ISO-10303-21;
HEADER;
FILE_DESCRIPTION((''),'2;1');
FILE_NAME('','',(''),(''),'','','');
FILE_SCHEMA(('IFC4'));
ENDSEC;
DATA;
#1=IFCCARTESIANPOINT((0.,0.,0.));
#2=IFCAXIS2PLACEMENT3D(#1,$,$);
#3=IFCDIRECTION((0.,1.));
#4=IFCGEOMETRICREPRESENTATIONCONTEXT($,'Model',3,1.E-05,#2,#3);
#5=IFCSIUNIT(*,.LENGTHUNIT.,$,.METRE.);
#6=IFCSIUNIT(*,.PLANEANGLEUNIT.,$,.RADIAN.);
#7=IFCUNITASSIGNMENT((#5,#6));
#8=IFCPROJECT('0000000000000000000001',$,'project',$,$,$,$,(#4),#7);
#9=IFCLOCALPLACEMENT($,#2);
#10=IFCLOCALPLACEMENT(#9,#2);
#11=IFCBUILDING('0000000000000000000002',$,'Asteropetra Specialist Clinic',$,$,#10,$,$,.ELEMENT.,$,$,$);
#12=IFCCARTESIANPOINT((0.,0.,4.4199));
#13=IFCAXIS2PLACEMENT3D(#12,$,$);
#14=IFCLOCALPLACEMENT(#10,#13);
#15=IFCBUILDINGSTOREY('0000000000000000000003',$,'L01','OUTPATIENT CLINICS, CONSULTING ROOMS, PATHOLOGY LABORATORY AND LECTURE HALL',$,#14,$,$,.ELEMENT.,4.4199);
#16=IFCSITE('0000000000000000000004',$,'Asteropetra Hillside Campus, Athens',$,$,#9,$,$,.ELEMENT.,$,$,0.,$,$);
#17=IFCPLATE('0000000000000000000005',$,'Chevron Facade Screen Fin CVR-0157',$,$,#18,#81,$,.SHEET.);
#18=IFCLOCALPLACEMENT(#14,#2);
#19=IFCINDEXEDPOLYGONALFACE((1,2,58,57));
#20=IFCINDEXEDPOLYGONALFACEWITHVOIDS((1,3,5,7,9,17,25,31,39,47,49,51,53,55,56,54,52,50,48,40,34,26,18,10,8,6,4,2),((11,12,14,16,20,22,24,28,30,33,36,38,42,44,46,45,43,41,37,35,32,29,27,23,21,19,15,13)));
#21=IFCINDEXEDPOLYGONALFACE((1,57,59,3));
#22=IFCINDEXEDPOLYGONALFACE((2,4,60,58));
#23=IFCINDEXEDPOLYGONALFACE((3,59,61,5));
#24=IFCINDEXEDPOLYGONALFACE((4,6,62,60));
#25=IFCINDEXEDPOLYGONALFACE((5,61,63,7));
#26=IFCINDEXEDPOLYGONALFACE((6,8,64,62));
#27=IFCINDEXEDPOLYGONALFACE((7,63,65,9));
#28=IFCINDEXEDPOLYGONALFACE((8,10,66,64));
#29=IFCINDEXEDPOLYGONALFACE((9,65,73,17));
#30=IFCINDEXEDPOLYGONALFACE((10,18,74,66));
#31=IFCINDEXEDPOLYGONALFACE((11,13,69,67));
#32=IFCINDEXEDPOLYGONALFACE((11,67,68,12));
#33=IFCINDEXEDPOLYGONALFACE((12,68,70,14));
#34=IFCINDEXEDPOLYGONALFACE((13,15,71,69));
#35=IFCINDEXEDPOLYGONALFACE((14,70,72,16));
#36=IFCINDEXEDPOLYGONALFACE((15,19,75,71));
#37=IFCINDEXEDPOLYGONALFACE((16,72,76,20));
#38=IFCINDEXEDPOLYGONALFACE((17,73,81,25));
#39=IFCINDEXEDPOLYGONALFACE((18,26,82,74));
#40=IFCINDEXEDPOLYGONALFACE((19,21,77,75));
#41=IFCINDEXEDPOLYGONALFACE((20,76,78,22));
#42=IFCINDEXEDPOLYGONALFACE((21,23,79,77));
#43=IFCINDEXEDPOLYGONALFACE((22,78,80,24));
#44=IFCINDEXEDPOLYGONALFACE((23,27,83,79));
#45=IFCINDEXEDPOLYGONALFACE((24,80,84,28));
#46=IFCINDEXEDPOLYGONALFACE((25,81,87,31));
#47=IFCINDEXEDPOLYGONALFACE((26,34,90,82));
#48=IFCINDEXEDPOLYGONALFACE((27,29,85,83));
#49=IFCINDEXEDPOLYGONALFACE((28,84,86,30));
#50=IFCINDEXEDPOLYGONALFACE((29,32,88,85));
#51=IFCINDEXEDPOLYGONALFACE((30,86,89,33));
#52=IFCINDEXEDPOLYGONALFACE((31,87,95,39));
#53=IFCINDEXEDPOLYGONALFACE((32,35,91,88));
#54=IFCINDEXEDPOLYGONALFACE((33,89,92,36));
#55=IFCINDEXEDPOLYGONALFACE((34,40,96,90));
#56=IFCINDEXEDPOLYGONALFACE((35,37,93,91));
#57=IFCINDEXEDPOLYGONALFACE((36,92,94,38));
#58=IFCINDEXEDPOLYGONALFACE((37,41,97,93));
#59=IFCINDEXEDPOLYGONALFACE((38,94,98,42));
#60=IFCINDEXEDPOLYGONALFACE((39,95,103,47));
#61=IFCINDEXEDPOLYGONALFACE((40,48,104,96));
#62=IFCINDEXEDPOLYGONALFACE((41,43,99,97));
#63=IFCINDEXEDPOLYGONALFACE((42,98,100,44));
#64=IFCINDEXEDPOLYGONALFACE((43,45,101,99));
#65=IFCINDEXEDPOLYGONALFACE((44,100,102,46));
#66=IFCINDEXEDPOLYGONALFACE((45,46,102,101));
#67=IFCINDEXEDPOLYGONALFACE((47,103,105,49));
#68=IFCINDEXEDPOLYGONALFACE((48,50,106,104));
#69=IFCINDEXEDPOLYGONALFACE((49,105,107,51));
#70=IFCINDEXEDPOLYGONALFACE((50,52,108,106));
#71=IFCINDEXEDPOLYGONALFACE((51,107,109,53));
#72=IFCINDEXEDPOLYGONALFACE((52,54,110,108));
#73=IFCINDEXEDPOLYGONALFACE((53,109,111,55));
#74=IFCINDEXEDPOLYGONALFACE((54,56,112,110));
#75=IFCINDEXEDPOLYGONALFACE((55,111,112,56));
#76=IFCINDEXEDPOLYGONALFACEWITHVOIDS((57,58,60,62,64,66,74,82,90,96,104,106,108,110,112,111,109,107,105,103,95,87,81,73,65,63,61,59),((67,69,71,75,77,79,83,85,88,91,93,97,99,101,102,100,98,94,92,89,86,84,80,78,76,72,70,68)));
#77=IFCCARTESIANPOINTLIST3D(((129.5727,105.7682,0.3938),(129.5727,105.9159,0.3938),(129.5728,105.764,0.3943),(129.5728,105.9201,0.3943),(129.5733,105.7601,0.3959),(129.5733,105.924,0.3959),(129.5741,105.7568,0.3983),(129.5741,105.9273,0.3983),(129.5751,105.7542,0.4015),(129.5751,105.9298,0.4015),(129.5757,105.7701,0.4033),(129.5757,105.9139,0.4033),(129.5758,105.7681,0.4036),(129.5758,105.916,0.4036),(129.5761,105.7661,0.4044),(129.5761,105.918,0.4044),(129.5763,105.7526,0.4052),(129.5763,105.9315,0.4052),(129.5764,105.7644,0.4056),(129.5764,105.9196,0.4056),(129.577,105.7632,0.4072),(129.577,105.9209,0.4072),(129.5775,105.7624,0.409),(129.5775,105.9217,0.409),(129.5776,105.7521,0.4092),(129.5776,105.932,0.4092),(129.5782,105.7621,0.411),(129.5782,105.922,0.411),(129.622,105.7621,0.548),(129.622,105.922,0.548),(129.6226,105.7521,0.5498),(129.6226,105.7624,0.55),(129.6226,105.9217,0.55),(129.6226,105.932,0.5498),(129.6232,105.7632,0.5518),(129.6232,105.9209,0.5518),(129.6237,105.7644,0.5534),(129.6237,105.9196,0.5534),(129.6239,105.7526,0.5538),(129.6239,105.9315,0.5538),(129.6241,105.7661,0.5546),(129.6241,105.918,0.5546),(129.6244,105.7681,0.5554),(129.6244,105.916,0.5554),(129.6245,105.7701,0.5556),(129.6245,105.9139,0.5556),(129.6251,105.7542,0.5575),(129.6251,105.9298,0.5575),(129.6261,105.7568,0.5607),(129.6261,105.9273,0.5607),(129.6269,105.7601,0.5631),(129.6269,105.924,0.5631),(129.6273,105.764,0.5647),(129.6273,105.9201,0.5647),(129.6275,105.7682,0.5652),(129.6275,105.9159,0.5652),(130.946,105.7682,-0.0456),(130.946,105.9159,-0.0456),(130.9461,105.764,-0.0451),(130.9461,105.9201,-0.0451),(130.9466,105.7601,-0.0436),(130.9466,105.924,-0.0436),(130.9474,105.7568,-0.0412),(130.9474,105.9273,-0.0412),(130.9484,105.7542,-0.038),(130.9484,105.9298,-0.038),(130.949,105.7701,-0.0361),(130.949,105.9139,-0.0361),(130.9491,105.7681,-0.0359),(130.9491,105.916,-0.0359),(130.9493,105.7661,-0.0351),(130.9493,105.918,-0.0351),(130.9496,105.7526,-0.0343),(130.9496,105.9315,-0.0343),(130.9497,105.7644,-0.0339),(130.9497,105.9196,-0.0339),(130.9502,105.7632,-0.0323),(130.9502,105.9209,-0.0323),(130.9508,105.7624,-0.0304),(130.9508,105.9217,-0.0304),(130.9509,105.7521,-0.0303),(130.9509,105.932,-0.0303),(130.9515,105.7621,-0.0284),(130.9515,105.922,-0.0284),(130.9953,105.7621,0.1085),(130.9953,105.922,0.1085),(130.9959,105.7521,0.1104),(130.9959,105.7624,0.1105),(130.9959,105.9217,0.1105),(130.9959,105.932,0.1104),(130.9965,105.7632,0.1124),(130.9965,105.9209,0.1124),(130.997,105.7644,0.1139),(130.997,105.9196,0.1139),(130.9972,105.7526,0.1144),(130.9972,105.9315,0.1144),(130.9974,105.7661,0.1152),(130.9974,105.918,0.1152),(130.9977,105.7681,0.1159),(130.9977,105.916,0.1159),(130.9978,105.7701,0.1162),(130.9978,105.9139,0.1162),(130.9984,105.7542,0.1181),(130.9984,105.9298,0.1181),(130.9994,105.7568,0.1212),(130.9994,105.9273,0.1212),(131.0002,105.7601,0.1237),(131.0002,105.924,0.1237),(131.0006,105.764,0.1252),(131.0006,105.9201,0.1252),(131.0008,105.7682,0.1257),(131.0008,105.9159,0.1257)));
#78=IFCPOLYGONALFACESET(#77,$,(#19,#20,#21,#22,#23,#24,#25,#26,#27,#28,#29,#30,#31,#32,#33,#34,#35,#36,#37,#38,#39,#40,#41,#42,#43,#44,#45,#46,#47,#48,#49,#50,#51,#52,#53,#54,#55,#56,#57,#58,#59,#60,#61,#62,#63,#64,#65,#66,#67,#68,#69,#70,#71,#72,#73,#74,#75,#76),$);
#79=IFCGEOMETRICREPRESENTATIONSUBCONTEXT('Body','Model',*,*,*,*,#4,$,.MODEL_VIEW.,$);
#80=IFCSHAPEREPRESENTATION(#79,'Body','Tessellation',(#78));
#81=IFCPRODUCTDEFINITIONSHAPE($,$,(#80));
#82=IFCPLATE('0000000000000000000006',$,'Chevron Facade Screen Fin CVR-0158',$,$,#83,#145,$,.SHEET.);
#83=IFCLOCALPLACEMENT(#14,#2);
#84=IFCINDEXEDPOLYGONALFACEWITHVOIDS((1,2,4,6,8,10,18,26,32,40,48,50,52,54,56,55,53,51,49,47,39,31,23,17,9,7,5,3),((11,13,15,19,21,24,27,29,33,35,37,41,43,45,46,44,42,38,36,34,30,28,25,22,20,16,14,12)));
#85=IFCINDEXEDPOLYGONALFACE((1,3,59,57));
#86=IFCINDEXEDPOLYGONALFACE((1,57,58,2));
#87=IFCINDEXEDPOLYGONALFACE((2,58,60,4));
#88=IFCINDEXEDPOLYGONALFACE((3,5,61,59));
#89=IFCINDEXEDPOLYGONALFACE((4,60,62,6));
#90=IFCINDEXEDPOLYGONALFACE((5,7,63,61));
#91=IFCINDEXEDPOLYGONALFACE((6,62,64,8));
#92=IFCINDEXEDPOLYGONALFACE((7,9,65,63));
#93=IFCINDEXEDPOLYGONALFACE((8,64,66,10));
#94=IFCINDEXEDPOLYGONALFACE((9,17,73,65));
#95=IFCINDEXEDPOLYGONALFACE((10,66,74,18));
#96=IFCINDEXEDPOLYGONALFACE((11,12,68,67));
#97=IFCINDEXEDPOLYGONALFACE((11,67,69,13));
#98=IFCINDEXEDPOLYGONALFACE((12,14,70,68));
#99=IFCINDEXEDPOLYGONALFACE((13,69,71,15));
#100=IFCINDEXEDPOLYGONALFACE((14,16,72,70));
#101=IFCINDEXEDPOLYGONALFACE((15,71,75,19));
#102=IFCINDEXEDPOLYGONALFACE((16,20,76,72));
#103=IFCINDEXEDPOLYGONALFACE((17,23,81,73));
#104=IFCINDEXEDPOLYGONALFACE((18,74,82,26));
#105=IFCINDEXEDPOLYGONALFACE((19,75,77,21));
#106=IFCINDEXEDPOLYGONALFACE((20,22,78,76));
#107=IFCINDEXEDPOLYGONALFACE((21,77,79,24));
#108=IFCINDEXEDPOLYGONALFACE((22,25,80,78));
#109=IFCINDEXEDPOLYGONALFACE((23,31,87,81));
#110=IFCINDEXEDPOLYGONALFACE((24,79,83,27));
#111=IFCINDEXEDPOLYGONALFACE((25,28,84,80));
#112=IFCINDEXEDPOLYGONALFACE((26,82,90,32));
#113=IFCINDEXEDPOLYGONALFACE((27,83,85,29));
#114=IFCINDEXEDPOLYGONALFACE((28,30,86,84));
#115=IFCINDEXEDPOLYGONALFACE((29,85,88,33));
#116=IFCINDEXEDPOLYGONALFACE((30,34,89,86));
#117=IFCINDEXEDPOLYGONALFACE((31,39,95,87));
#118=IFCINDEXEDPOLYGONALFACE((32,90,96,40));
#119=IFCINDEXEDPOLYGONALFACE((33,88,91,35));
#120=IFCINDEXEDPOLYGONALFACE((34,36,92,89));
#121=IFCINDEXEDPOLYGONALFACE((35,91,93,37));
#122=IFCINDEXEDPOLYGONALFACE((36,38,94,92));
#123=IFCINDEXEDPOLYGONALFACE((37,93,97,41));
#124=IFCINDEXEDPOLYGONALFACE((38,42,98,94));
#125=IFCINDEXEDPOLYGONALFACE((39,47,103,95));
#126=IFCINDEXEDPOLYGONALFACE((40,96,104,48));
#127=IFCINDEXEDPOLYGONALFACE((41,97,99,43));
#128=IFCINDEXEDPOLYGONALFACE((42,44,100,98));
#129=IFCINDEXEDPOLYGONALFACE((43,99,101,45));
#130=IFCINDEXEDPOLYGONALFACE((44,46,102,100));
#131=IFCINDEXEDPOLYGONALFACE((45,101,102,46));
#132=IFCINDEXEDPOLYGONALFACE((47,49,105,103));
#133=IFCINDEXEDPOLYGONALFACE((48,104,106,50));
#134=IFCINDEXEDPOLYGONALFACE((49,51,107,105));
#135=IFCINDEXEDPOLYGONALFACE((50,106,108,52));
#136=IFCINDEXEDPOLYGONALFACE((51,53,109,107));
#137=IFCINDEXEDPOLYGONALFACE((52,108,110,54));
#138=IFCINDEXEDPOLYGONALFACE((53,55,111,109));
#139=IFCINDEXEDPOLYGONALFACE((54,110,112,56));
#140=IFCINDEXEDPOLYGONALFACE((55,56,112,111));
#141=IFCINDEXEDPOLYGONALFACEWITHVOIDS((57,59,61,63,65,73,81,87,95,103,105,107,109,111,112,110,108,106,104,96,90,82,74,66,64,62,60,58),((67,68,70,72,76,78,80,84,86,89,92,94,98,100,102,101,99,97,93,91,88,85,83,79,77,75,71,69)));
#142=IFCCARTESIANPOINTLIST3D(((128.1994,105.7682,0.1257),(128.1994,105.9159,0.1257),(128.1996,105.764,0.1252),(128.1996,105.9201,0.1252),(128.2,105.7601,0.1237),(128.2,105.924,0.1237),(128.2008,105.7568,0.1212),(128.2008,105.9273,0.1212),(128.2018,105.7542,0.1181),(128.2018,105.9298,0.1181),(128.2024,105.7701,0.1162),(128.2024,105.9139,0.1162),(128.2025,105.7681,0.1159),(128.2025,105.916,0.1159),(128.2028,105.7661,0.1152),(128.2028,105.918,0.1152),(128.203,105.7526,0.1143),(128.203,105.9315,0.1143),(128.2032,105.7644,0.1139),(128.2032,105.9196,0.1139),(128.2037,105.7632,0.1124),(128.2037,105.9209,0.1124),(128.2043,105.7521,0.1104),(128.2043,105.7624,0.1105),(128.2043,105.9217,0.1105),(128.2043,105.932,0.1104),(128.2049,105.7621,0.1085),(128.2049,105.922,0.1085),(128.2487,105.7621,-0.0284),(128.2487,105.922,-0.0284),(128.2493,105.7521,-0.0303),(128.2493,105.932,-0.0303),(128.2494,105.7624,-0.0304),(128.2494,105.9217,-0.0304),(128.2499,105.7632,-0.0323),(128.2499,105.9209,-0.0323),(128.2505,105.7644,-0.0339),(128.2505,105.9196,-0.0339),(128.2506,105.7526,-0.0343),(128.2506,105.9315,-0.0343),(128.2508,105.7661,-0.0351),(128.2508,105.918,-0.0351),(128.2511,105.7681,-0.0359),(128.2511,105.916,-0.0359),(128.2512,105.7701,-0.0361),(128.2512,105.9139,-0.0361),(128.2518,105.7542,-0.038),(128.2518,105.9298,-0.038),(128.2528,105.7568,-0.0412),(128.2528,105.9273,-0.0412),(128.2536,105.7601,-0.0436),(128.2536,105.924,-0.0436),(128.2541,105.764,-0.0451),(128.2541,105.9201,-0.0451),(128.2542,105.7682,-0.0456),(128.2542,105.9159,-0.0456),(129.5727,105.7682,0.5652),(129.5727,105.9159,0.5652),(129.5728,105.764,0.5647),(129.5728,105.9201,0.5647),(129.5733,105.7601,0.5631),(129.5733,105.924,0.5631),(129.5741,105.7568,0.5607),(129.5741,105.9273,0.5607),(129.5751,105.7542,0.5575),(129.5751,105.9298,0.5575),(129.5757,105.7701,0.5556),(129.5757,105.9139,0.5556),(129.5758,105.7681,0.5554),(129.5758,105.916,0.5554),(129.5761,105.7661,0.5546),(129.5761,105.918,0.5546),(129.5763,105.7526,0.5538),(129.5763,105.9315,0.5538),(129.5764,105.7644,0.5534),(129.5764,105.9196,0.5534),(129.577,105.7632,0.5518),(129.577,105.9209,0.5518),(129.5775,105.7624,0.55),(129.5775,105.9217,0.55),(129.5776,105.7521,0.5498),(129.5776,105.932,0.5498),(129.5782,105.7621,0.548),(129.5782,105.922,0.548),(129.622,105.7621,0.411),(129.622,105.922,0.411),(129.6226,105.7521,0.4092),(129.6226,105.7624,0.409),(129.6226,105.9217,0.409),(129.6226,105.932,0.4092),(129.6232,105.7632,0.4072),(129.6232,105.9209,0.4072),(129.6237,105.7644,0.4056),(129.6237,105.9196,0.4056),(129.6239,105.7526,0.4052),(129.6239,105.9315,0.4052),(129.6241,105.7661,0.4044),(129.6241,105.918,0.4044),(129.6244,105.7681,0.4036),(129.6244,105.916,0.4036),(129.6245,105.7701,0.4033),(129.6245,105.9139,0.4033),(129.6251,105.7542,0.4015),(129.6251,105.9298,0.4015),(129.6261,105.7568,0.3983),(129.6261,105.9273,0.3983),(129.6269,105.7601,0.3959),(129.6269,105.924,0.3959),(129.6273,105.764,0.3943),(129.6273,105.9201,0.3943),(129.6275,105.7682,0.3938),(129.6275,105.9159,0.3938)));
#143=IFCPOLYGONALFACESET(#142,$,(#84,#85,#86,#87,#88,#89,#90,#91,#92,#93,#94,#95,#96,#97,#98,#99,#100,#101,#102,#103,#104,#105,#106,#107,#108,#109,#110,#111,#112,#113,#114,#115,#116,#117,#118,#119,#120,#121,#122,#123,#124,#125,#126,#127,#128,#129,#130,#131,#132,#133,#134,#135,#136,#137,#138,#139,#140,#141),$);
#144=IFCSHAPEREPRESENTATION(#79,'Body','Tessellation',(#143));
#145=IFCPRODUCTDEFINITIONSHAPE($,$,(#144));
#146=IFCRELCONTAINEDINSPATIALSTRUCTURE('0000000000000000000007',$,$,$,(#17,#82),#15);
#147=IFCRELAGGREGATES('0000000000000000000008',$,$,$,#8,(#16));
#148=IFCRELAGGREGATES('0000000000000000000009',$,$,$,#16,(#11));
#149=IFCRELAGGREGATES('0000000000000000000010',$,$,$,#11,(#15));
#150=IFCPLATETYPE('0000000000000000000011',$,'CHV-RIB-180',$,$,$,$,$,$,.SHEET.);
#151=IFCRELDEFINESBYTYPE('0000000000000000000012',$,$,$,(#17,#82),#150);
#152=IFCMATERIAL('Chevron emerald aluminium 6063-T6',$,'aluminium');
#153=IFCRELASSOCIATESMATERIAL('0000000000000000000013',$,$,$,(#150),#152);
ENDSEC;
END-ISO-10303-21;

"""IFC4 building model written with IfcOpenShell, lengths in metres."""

from ifc_helpers import new_model, si_unit, direction, frame, origin, origin_2d, place, context, subcontext, project, spatial, hollow_rectangle, extrude, material, material_profile, profile_set, type_object, element, save


model = new_model("IFC4")

# Units and contexts
model_context = context("Model", 3, precision=1e-05, world=origin(), true_north=direction((0.0, 1.0)))
body_context = subcontext(model_context, "Body", "Model", "MODEL_VIEW")
ifc_project = project(units=[si_unit("LENGTHUNIT", "METRE"), si_unit("PLANEANGLEUNIT", "RADIAN")], contexts=[model_context])

# Site, building, storey
site_placement = place(None, origin())
site = spatial("IfcSite", under=ifc_project, at=site_placement, Name="Asteropetra Hillside Campus, Athens", CompositionType="ELEMENT", RefElevation=0.0)
building_placement = place(site_placement, origin())
building = spatial("IfcBuilding", under=site, at=building_placement, Name="Asteropetra Specialist Clinic", CompositionType="ELEMENT")
storey_placement = place(building_placement, frame((0.0, 0.0, 4.4199)))
storey = spatial("IfcBuildingStorey", under=building, at=storey_placement, Name="L01", Description="OUTPATIENT CLINICS, CONSULTING ROOMS, PATHOLOGY LABORATORY AND LECTURE HALL", CompositionType="ELEMENT", Elevation=4.4199)

# Plates
ifc_material_1 = material(Name="Chevron emerald aluminium 6063-T6", Category="aluminium")
ifc_material_profile_1 = material_profile(ifc_material_1, hollow_rectangle(XDim=0.1799, YDim=0.1799, WallThickness=0.01, InnerFilletRadius=0.0081, OuterFilletRadius=0.0161, at=origin_2d()), Name="SHS 180x180x10.0")
ifc_profile_set_1 = profile_set([ifc_material_profile_1], Name="Chevron emerald aluminium 6063-T6")
plate_type = type_object("IfcPlateType", Name="CHV-RIB-180", PredefinedType="SHEET", material=ifc_profile_set_1)
for number, where, z_axis, x_axis, name in (
    (1, (130.9734, 105.842, 0.04), (-0.952424, 0.0, 0.304776), (0.0, -1.0, 0.0), "Chevron Facade Screen Fin CVR-0157"),
    (2, (129.6001, 105.842, 0.4795), (-0.952424, 0.0, -0.304776), (0.0, -1.0, 0.0), "Chevron Facade Screen Fin CVR-0158"),
):
    element("IfcPlate", number, at=place(storey_placement, frame(where, z_axis=z_axis, x_axis=x_axis)), inside=storey, type_object=plate_type, Name=name, PredefinedType="SHEET", context=body_context, shape_type="SweptSolid", body=[
        extrude(hollow_rectangle(XDim=0.1799, YDim=0.1799, WallThickness=0.01, InnerFilletRadius=0.0081, OuterFilletRadius=0.0161, at=origin_2d()), origin(), (0.0, 0.0, 1.0), 1.4419),
    ])

save(model, "model.ifc")
